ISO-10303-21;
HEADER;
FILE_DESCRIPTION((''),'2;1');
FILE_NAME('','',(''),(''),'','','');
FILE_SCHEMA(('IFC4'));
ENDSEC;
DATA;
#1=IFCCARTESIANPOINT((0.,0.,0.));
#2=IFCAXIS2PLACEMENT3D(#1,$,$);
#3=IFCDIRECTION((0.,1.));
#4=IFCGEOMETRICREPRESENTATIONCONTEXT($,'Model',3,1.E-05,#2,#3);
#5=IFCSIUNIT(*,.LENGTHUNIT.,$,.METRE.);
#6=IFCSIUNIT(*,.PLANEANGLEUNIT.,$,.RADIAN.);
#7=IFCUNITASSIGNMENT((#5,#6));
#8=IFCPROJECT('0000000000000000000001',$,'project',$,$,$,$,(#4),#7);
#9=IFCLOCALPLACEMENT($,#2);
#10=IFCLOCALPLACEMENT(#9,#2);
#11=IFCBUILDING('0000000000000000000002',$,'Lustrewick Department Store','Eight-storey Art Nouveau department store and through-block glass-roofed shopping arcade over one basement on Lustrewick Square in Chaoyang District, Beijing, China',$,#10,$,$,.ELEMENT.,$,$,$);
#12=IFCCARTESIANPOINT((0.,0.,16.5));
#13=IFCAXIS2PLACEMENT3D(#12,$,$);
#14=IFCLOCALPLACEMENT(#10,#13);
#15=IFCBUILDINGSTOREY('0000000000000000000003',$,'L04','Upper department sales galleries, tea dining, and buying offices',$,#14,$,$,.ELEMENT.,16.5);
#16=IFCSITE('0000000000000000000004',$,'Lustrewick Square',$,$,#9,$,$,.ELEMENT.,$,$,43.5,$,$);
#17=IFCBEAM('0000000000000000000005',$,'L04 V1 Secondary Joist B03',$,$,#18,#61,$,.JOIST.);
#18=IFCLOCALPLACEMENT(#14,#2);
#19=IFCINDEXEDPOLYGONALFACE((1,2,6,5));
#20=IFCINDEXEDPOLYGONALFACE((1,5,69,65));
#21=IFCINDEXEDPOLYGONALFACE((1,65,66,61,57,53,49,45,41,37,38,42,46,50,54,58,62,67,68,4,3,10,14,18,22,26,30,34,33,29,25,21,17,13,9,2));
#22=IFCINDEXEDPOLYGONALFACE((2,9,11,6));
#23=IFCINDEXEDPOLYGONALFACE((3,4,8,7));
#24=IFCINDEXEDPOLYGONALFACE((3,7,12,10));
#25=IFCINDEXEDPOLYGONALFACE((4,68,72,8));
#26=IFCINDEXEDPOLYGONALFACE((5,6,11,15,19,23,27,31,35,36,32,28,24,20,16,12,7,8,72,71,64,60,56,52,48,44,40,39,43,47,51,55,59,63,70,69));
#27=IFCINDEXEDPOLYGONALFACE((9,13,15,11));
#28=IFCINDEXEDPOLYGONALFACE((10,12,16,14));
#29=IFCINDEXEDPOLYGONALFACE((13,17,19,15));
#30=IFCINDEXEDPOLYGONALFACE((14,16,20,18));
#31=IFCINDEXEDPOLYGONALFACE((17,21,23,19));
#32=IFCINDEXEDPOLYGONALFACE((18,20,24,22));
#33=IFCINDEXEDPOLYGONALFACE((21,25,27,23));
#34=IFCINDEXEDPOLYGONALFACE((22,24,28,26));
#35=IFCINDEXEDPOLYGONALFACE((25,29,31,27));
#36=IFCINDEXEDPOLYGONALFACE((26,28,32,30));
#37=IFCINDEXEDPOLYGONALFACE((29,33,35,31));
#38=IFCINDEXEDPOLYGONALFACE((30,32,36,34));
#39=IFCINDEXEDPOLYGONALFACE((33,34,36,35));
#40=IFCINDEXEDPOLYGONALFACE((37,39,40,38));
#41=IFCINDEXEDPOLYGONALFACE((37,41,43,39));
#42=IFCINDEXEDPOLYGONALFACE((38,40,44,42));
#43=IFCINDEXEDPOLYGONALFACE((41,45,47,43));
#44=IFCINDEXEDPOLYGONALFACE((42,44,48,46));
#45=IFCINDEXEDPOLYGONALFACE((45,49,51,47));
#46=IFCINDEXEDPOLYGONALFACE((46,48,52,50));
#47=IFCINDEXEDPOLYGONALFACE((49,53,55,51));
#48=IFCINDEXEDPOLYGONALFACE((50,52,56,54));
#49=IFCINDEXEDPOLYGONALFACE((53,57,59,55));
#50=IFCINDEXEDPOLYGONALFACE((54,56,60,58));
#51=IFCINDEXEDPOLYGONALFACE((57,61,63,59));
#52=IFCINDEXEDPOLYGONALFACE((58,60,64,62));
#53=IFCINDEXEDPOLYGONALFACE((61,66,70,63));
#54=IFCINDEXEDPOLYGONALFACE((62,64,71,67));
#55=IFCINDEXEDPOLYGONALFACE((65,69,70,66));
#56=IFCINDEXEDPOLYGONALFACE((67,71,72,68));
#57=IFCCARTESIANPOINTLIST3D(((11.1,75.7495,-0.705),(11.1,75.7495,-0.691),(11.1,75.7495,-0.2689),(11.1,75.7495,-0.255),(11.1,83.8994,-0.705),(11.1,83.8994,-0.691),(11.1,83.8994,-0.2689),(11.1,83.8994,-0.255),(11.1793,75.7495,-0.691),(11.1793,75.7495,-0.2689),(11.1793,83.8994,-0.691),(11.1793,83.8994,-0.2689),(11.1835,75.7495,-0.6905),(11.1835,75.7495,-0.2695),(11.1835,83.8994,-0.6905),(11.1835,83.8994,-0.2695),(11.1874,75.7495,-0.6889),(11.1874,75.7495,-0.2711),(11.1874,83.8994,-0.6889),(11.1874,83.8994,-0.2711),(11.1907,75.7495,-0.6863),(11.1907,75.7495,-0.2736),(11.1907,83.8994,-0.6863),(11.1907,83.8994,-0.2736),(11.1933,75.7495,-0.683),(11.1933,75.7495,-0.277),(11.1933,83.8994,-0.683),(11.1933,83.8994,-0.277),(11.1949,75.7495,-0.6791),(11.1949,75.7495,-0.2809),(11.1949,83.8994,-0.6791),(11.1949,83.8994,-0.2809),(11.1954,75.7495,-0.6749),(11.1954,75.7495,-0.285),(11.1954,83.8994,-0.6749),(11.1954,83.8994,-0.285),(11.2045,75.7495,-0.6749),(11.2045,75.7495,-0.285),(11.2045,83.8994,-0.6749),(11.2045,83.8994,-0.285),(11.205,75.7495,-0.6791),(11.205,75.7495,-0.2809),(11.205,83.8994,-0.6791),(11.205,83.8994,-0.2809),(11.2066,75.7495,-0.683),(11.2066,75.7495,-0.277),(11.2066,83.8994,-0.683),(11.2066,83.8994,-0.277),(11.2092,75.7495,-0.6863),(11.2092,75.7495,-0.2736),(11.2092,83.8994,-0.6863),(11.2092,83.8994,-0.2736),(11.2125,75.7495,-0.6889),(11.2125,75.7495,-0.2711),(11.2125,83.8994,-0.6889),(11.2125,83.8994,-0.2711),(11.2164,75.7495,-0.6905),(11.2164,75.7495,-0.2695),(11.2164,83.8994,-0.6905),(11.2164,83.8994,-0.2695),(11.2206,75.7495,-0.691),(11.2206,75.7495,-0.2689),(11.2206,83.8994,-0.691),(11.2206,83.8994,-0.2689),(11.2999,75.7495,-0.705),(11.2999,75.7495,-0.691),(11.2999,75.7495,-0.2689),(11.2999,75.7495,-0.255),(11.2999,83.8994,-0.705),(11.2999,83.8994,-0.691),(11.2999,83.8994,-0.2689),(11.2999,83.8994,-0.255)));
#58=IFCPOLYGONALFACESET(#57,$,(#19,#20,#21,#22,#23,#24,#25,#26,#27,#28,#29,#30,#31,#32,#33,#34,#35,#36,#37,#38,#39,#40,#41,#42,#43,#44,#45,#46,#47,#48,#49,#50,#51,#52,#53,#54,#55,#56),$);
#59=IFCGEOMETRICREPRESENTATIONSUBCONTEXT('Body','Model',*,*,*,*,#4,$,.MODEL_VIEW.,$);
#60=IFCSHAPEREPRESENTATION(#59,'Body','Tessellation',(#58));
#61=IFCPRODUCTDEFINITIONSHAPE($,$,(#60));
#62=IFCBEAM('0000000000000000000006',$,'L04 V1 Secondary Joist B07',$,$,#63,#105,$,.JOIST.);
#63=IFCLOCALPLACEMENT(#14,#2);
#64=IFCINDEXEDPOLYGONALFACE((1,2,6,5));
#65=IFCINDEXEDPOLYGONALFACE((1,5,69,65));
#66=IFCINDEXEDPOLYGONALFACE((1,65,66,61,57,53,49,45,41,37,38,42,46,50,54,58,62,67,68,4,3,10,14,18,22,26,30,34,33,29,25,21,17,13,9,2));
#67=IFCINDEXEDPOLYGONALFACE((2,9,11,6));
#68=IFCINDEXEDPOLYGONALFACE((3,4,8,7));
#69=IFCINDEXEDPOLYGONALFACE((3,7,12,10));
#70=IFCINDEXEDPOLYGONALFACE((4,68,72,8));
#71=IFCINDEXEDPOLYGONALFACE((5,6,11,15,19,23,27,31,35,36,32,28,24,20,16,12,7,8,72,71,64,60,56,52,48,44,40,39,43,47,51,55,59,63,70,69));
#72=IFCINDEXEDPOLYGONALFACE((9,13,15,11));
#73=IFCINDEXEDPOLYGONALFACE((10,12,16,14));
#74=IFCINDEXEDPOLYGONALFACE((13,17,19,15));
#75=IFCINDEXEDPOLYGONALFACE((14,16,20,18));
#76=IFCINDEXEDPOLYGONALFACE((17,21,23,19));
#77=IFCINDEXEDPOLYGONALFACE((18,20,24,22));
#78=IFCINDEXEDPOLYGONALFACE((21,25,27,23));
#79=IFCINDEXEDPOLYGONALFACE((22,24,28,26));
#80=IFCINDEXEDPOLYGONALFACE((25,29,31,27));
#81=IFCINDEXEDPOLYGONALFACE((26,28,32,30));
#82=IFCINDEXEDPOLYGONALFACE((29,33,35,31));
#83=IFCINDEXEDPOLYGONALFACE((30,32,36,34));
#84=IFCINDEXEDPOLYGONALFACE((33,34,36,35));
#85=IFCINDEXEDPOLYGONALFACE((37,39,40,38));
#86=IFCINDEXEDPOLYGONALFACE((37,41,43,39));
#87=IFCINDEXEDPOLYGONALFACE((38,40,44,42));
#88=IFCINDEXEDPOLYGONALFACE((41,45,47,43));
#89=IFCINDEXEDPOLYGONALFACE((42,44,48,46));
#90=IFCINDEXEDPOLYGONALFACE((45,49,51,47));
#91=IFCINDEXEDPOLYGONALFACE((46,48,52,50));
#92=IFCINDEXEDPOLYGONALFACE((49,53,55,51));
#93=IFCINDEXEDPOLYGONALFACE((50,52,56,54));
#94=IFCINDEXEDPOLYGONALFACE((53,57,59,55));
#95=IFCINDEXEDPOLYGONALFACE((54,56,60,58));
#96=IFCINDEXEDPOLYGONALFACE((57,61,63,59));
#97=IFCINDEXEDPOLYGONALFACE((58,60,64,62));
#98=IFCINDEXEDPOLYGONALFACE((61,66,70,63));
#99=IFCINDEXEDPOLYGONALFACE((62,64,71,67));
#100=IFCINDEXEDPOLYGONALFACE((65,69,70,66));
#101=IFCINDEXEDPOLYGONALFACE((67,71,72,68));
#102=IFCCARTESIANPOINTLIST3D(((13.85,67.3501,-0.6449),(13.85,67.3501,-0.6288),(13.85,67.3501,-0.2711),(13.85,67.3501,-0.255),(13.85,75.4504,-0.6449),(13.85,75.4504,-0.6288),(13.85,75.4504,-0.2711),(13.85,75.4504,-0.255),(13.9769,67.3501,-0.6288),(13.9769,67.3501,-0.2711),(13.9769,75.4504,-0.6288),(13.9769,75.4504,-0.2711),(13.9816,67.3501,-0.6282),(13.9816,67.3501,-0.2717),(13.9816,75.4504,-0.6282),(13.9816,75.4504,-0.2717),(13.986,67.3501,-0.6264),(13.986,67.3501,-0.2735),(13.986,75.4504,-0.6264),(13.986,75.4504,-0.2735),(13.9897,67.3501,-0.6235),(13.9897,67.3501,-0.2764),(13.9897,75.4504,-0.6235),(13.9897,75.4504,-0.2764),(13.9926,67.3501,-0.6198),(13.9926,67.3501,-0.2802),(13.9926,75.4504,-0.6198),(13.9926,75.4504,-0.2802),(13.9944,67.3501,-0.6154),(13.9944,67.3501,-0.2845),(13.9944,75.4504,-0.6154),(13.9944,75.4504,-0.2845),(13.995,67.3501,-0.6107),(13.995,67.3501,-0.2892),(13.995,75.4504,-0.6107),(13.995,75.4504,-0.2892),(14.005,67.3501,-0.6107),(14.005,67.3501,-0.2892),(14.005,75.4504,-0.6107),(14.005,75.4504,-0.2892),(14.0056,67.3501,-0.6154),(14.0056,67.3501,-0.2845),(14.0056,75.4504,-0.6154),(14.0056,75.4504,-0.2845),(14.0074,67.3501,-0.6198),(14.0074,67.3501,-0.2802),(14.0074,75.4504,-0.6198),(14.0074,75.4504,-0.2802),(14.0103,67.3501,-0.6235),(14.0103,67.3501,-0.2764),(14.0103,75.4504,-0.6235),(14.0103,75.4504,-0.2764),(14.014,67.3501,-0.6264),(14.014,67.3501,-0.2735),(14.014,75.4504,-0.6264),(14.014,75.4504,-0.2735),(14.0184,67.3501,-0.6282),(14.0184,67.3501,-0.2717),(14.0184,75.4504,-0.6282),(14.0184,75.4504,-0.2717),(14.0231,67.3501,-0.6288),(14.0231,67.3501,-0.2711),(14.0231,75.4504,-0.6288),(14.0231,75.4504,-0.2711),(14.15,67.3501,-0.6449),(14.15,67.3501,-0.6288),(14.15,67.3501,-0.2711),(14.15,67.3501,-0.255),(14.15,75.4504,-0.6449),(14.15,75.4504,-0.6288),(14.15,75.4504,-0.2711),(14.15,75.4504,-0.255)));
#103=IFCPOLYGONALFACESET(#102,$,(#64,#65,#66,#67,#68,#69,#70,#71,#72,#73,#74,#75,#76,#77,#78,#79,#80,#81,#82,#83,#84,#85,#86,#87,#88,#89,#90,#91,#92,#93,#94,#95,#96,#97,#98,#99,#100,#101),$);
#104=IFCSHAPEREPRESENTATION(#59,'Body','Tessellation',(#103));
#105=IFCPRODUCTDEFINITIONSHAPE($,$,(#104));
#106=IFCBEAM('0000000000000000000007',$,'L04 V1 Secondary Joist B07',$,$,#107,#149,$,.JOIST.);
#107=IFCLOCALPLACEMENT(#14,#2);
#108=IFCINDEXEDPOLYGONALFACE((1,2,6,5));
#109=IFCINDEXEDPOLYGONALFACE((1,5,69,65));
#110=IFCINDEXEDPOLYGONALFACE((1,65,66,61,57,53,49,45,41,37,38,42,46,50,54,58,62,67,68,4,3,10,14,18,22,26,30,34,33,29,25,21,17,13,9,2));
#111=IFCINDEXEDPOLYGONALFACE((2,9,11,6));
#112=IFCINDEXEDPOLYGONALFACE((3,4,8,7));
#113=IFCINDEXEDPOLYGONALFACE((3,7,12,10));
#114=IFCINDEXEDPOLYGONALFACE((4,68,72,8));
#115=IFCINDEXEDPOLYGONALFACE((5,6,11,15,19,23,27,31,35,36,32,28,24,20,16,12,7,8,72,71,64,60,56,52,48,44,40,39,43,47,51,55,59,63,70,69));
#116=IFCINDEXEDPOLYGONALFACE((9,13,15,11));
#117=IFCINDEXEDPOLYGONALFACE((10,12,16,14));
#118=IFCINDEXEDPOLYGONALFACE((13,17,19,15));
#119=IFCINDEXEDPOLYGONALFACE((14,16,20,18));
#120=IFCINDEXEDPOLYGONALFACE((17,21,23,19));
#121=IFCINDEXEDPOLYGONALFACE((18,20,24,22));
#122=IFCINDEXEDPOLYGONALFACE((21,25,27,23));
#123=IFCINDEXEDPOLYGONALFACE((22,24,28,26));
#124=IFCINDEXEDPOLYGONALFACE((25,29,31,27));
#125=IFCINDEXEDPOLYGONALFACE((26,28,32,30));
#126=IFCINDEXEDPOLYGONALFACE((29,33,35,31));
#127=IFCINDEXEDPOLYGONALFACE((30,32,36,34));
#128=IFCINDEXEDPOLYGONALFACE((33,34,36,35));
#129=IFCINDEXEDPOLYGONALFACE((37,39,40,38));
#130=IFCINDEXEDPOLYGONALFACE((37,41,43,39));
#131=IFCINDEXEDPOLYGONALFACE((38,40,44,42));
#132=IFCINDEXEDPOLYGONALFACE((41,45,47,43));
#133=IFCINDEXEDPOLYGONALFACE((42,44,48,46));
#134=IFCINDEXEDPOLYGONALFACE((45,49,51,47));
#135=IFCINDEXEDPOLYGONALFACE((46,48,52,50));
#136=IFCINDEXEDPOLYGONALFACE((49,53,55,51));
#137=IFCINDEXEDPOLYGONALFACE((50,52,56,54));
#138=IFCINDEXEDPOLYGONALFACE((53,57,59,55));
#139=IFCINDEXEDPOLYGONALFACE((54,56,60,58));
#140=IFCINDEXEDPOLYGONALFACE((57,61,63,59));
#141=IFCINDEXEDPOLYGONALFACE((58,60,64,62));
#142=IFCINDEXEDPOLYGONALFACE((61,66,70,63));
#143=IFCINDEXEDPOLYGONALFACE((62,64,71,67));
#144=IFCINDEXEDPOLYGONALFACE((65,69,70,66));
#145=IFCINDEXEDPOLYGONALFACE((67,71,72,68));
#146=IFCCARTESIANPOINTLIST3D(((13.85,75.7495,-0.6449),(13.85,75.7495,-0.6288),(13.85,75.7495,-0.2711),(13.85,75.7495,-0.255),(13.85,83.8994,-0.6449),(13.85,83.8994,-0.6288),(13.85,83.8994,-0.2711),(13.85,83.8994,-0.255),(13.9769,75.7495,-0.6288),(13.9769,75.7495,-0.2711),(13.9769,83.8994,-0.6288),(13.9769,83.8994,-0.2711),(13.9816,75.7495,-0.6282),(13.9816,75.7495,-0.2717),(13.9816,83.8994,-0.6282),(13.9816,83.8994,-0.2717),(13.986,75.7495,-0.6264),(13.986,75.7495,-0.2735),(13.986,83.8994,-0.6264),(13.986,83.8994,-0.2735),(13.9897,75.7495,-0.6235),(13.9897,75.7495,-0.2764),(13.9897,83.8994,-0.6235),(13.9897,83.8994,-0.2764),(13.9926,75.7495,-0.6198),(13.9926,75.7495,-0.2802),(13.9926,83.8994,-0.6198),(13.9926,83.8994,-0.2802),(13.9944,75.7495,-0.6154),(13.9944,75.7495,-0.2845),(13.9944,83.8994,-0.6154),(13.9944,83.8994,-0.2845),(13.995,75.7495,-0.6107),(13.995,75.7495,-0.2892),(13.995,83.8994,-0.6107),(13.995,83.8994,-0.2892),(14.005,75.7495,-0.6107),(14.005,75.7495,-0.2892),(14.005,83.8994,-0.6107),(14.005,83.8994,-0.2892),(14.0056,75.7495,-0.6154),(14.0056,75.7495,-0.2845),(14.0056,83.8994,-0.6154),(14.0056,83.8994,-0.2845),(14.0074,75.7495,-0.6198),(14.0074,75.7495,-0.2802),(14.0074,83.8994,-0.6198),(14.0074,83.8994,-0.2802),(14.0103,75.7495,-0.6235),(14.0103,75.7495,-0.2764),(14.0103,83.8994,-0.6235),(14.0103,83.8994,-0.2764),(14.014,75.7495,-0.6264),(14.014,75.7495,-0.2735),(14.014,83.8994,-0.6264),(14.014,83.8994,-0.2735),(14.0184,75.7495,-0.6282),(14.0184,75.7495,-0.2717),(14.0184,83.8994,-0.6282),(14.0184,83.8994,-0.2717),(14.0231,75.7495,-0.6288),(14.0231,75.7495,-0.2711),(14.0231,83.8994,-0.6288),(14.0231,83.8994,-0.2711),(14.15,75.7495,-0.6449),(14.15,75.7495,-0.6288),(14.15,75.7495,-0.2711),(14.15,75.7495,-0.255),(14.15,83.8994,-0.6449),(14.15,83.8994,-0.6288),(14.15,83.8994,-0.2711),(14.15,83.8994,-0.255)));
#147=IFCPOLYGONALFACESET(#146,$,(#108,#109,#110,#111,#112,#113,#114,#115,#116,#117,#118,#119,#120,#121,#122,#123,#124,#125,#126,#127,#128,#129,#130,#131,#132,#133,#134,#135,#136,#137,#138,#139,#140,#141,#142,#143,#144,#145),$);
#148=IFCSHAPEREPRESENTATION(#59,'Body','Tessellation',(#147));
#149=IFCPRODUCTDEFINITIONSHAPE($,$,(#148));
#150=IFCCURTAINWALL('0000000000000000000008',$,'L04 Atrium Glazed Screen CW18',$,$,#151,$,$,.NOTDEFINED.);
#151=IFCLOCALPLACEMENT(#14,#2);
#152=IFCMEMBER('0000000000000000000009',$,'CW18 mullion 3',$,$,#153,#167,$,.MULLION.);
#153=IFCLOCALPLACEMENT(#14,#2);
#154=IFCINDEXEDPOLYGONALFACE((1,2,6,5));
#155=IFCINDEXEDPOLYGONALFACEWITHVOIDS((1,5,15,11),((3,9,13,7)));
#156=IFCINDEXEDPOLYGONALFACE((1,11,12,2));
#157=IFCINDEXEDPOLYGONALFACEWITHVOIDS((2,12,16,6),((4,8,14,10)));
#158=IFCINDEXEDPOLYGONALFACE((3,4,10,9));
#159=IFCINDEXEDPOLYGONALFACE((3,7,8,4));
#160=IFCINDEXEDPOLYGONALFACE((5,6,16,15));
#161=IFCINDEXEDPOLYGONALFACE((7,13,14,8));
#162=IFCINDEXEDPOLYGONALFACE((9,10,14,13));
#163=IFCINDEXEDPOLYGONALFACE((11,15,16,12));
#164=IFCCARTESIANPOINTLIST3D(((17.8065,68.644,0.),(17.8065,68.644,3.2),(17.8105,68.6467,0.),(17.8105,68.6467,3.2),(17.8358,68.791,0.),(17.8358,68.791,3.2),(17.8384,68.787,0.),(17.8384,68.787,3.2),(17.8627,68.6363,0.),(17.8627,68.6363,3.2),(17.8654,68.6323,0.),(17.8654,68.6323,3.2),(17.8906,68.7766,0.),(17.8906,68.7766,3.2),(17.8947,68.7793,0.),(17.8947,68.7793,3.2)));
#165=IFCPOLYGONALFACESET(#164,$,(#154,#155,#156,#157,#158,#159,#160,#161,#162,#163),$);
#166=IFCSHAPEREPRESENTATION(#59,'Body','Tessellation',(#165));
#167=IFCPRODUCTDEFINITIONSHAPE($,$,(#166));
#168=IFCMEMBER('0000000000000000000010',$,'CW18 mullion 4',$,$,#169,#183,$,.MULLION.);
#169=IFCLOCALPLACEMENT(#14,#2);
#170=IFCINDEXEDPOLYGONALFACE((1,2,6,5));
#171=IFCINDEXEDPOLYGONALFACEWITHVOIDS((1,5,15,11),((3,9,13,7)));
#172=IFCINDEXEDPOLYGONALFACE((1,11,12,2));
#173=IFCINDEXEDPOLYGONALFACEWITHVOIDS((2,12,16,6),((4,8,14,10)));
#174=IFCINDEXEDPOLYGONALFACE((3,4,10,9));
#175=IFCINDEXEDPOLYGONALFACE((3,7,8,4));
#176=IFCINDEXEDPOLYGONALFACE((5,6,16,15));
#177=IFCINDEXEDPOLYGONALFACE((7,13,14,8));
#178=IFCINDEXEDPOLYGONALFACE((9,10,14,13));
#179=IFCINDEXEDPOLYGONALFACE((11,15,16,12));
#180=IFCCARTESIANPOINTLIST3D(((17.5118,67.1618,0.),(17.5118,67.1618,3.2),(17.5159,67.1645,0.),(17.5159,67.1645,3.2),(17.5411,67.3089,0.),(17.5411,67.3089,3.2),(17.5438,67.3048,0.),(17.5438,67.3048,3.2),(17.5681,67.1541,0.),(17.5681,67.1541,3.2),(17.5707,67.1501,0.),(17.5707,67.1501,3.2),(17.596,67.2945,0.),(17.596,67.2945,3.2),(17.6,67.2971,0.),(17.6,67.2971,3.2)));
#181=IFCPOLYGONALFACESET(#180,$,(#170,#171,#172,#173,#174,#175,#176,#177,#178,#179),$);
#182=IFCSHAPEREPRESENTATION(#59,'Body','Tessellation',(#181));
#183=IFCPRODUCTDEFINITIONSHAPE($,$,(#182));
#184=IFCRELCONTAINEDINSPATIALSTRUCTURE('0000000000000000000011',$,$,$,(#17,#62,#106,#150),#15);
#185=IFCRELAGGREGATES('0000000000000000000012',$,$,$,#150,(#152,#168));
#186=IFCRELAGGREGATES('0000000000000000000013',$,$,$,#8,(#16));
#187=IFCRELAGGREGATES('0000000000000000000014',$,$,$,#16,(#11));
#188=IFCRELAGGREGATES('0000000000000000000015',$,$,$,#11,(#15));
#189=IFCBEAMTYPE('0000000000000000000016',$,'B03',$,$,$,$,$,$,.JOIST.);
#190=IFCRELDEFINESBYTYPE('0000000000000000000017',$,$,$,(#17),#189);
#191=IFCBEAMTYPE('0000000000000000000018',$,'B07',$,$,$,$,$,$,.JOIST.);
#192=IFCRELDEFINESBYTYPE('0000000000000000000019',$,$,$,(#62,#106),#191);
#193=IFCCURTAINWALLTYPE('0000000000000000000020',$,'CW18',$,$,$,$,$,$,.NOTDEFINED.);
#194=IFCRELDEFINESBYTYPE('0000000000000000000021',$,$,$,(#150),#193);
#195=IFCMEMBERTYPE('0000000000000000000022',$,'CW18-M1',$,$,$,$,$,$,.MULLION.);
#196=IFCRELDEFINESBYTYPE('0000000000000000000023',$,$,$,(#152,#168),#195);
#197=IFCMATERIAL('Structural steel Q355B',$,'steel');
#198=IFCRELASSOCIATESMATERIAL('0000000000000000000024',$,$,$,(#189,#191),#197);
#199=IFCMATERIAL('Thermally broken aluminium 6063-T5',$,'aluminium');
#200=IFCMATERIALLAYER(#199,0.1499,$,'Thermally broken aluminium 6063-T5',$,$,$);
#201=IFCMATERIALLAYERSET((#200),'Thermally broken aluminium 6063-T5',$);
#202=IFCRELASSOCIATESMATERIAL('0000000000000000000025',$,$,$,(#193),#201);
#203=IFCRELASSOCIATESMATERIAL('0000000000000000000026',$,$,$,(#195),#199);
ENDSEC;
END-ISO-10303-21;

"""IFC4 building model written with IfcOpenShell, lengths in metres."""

from ifc_helpers import new_model, si_unit, direction, frame, origin, origin_2d, place, context, subcontext, project, spatial, hollow_rectangle, i_section, extrude, material, layer, layer_set, material_profile, profile_set, type_object, element, aggregate, save


model = new_model("IFC4")

# Units and contexts
model_context = context("Model", 3, precision=1e-05, world=origin(), true_north=direction((0.0, 1.0)))
body_context = subcontext(model_context, "Body", "Model", "MODEL_VIEW")
ifc_project = project(units=[si_unit("LENGTHUNIT", "METRE"), si_unit("PLANEANGLEUNIT", "RADIAN")], contexts=[model_context])

# Site, building, storey
site_placement = place(None, origin())
site = spatial("IfcSite", under=ifc_project, at=site_placement, Name="Lustrewick Square", CompositionType="ELEMENT", RefElevation=43.5)
building_placement = place(site_placement, origin())
building = spatial("IfcBuilding", under=site, at=building_placement, Name="Lustrewick Department Store", Description="Eight-storey Art Nouveau department store and through-block glass-roofed shopping arcade over one basement on Lustrewick Square in Chaoyang District, Beijing, China", CompositionType="ELEMENT")
storey_placement = place(building_placement, frame((0.0, 0.0, 16.5)))
storey = spatial("IfcBuildingStorey", under=building, at=storey_placement, Name="L04", Description="Upper department sales galleries, tea dining, and buying offices", CompositionType="ELEMENT", Elevation=16.5)

# Shared definitions
ifc_material_1 = material(Name="Structural steel Q355B", Category="steel")

# Beams
ifc_material_profile_1 = material_profile(ifc_material_1, i_section(OverallWidth=0.2, OverallDepth=0.45, WebThickness=0.009, FlangeThickness=0.0139, FilletRadius=0.0161, at=origin_2d()), Name="HN 450x200x9x14")
ifc_profile_set_1 = profile_set([ifc_material_profile_1], Name="Structural steel Q355B")
beam_type_1 = type_object("IfcBeamType", Name="B03", PredefinedType="JOIST", material=ifc_profile_set_1)
beam_1_placement = place(storey_placement, frame((11.2, 75.7495, -0.48), z_axis=(0.0, 1.0, 0.0), x_axis=(-1.0, 0.0, 0.0)))
element("IfcBeam", 1, at=beam_1_placement, inside=storey, type_object=beam_type_1, Name="L04 V1 Secondary Joist B03", PredefinedType="JOIST", context=body_context, shape_type="SweptSolid", body=[
    extrude(i_section(OverallWidth=0.2, OverallDepth=0.45, WebThickness=0.009, FlangeThickness=0.0139, FilletRadius=0.0161, at=origin_2d()), origin(), (0.0, 0.0, 1.0), 8.1499),
])
ifc_material_profile_2 = material_profile(ifc_material_1, i_section(OverallWidth=0.3, OverallDepth=0.3899, WebThickness=0.01, FlangeThickness=0.0161, FilletRadius=0.0181, at=origin_2d()), Name="HM 390x300x10x16")
ifc_profile_set_2 = profile_set([ifc_material_profile_2], Name="Structural steel Q355B")
beam_type_2 = type_object("IfcBeamType", Name="B07", PredefinedType="JOIST", material=ifc_profile_set_2)
beam_2_placement = place(storey_placement, frame((14.0, 67.3501, -0.45), z_axis=(0.0, 1.0, 0.0), x_axis=(-1.0, 0.0, 0.0)))
element("IfcBeam", 2, at=beam_2_placement, inside=storey, type_object=beam_type_2, Name="L04 V1 Secondary Joist B07", PredefinedType="JOIST", context=body_context, shape_type="SweptSolid", body=[
    extrude(i_section(OverallWidth=0.3, OverallDepth=0.3899, WebThickness=0.01, FlangeThickness=0.0161, FilletRadius=0.0181, at=origin_2d()), origin(), (0.0, 0.0, 1.0), 8.1003),
])
beam_3_placement = place(storey_placement, frame((14.0, 75.7495, -0.45), z_axis=(0.0, 1.0, 0.0), x_axis=(-1.0, 0.0, 0.0)))
element("IfcBeam", 3, at=beam_3_placement, inside=storey, type_object=beam_type_2, Name="L04 V1 Secondary Joist B07", PredefinedType="JOIST", context=body_context, shape_type="SweptSolid", body=[
    extrude(i_section(OverallWidth=0.3, OverallDepth=0.3899, WebThickness=0.01, FlangeThickness=0.0161, FilletRadius=0.0181, at=origin_2d()), origin(), (0.0, 0.0, 1.0), 8.1499),
])

# Curtain wall, members
ifc_material_2 = material(Name="Thermally broken aluminium 6063-T5", Category="aluminium")
ifc_layer_1 = layer(ifc_material_2, 0.1499, Name="Thermally broken aluminium 6063-T5")
ifc_layer_set_1 = layer_set([ifc_layer_1], Name="Thermally broken aluminium 6063-T5")
curtain_wall_type = type_object("IfcCurtainWallType", Name="CW18", PredefinedType="NOTDEFINED", material=ifc_layer_set_1)
curtain_wall_placement = place(storey_placement, origin())
curtain_wall = element("IfcCurtainWall", 4, at=curtain_wall_placement, inside=storey, type_object=curtain_wall_type, Name="L04 Atrium Glazed Screen CW18", PredefinedType="NOTDEFINED")
ifc_material_profile_3 = material_profile(ifc_material_2, hollow_rectangle(XDim=0.0601, YDim=0.1499, WallThickness=0.0034, at=origin_2d()), Name="ALU-M 60x150x3.5")
ifc_profile_set_3 = profile_set([ifc_material_profile_3], Name="Thermally broken aluminium 6063-T5")
member_type_1 = type_object("IfcMemberType", Name="CW18-M1", PredefinedType="MULLION", material=ifc_profile_set_3)
member_1_placement = place(storey_placement, frame((17.8506, 68.7117, 0.0), z_axis=(0.0, 0.0, 1.0), x_axis=(0.980786, -0.195085, 0.0)))
member_1 = element("IfcMember", 5, at=member_1_placement, type_object=member_type_1, Name="CW18 mullion 3", PredefinedType="MULLION", context=body_context, shape_type="SweptSolid", body=[
    extrude(hollow_rectangle(XDim=0.0601, YDim=0.1499, WallThickness=0.0034, at=origin_2d()), origin(), (0.0, 0.0, 1.0), 3.2),
])
member_2_placement = place(storey_placement, frame((17.5559, 67.2295, 0.0), z_axis=(0.0, 0.0, 1.0), x_axis=(0.980786, -0.195085, 0.0)))
member_2 = element("IfcMember", 6, at=member_2_placement, type_object=member_type_1, Name="CW18 mullion 4", PredefinedType="MULLION", context=body_context, shape_type="SweptSolid", body=[
    extrude(hollow_rectangle(XDim=0.0601, YDim=0.1499, WallThickness=0.0034, at=origin_2d()), origin(), (0.0, 0.0, 1.0), 3.2),
])

aggregate(curtain_wall, [member_1, member_2])

save(model, "model.ifc")
